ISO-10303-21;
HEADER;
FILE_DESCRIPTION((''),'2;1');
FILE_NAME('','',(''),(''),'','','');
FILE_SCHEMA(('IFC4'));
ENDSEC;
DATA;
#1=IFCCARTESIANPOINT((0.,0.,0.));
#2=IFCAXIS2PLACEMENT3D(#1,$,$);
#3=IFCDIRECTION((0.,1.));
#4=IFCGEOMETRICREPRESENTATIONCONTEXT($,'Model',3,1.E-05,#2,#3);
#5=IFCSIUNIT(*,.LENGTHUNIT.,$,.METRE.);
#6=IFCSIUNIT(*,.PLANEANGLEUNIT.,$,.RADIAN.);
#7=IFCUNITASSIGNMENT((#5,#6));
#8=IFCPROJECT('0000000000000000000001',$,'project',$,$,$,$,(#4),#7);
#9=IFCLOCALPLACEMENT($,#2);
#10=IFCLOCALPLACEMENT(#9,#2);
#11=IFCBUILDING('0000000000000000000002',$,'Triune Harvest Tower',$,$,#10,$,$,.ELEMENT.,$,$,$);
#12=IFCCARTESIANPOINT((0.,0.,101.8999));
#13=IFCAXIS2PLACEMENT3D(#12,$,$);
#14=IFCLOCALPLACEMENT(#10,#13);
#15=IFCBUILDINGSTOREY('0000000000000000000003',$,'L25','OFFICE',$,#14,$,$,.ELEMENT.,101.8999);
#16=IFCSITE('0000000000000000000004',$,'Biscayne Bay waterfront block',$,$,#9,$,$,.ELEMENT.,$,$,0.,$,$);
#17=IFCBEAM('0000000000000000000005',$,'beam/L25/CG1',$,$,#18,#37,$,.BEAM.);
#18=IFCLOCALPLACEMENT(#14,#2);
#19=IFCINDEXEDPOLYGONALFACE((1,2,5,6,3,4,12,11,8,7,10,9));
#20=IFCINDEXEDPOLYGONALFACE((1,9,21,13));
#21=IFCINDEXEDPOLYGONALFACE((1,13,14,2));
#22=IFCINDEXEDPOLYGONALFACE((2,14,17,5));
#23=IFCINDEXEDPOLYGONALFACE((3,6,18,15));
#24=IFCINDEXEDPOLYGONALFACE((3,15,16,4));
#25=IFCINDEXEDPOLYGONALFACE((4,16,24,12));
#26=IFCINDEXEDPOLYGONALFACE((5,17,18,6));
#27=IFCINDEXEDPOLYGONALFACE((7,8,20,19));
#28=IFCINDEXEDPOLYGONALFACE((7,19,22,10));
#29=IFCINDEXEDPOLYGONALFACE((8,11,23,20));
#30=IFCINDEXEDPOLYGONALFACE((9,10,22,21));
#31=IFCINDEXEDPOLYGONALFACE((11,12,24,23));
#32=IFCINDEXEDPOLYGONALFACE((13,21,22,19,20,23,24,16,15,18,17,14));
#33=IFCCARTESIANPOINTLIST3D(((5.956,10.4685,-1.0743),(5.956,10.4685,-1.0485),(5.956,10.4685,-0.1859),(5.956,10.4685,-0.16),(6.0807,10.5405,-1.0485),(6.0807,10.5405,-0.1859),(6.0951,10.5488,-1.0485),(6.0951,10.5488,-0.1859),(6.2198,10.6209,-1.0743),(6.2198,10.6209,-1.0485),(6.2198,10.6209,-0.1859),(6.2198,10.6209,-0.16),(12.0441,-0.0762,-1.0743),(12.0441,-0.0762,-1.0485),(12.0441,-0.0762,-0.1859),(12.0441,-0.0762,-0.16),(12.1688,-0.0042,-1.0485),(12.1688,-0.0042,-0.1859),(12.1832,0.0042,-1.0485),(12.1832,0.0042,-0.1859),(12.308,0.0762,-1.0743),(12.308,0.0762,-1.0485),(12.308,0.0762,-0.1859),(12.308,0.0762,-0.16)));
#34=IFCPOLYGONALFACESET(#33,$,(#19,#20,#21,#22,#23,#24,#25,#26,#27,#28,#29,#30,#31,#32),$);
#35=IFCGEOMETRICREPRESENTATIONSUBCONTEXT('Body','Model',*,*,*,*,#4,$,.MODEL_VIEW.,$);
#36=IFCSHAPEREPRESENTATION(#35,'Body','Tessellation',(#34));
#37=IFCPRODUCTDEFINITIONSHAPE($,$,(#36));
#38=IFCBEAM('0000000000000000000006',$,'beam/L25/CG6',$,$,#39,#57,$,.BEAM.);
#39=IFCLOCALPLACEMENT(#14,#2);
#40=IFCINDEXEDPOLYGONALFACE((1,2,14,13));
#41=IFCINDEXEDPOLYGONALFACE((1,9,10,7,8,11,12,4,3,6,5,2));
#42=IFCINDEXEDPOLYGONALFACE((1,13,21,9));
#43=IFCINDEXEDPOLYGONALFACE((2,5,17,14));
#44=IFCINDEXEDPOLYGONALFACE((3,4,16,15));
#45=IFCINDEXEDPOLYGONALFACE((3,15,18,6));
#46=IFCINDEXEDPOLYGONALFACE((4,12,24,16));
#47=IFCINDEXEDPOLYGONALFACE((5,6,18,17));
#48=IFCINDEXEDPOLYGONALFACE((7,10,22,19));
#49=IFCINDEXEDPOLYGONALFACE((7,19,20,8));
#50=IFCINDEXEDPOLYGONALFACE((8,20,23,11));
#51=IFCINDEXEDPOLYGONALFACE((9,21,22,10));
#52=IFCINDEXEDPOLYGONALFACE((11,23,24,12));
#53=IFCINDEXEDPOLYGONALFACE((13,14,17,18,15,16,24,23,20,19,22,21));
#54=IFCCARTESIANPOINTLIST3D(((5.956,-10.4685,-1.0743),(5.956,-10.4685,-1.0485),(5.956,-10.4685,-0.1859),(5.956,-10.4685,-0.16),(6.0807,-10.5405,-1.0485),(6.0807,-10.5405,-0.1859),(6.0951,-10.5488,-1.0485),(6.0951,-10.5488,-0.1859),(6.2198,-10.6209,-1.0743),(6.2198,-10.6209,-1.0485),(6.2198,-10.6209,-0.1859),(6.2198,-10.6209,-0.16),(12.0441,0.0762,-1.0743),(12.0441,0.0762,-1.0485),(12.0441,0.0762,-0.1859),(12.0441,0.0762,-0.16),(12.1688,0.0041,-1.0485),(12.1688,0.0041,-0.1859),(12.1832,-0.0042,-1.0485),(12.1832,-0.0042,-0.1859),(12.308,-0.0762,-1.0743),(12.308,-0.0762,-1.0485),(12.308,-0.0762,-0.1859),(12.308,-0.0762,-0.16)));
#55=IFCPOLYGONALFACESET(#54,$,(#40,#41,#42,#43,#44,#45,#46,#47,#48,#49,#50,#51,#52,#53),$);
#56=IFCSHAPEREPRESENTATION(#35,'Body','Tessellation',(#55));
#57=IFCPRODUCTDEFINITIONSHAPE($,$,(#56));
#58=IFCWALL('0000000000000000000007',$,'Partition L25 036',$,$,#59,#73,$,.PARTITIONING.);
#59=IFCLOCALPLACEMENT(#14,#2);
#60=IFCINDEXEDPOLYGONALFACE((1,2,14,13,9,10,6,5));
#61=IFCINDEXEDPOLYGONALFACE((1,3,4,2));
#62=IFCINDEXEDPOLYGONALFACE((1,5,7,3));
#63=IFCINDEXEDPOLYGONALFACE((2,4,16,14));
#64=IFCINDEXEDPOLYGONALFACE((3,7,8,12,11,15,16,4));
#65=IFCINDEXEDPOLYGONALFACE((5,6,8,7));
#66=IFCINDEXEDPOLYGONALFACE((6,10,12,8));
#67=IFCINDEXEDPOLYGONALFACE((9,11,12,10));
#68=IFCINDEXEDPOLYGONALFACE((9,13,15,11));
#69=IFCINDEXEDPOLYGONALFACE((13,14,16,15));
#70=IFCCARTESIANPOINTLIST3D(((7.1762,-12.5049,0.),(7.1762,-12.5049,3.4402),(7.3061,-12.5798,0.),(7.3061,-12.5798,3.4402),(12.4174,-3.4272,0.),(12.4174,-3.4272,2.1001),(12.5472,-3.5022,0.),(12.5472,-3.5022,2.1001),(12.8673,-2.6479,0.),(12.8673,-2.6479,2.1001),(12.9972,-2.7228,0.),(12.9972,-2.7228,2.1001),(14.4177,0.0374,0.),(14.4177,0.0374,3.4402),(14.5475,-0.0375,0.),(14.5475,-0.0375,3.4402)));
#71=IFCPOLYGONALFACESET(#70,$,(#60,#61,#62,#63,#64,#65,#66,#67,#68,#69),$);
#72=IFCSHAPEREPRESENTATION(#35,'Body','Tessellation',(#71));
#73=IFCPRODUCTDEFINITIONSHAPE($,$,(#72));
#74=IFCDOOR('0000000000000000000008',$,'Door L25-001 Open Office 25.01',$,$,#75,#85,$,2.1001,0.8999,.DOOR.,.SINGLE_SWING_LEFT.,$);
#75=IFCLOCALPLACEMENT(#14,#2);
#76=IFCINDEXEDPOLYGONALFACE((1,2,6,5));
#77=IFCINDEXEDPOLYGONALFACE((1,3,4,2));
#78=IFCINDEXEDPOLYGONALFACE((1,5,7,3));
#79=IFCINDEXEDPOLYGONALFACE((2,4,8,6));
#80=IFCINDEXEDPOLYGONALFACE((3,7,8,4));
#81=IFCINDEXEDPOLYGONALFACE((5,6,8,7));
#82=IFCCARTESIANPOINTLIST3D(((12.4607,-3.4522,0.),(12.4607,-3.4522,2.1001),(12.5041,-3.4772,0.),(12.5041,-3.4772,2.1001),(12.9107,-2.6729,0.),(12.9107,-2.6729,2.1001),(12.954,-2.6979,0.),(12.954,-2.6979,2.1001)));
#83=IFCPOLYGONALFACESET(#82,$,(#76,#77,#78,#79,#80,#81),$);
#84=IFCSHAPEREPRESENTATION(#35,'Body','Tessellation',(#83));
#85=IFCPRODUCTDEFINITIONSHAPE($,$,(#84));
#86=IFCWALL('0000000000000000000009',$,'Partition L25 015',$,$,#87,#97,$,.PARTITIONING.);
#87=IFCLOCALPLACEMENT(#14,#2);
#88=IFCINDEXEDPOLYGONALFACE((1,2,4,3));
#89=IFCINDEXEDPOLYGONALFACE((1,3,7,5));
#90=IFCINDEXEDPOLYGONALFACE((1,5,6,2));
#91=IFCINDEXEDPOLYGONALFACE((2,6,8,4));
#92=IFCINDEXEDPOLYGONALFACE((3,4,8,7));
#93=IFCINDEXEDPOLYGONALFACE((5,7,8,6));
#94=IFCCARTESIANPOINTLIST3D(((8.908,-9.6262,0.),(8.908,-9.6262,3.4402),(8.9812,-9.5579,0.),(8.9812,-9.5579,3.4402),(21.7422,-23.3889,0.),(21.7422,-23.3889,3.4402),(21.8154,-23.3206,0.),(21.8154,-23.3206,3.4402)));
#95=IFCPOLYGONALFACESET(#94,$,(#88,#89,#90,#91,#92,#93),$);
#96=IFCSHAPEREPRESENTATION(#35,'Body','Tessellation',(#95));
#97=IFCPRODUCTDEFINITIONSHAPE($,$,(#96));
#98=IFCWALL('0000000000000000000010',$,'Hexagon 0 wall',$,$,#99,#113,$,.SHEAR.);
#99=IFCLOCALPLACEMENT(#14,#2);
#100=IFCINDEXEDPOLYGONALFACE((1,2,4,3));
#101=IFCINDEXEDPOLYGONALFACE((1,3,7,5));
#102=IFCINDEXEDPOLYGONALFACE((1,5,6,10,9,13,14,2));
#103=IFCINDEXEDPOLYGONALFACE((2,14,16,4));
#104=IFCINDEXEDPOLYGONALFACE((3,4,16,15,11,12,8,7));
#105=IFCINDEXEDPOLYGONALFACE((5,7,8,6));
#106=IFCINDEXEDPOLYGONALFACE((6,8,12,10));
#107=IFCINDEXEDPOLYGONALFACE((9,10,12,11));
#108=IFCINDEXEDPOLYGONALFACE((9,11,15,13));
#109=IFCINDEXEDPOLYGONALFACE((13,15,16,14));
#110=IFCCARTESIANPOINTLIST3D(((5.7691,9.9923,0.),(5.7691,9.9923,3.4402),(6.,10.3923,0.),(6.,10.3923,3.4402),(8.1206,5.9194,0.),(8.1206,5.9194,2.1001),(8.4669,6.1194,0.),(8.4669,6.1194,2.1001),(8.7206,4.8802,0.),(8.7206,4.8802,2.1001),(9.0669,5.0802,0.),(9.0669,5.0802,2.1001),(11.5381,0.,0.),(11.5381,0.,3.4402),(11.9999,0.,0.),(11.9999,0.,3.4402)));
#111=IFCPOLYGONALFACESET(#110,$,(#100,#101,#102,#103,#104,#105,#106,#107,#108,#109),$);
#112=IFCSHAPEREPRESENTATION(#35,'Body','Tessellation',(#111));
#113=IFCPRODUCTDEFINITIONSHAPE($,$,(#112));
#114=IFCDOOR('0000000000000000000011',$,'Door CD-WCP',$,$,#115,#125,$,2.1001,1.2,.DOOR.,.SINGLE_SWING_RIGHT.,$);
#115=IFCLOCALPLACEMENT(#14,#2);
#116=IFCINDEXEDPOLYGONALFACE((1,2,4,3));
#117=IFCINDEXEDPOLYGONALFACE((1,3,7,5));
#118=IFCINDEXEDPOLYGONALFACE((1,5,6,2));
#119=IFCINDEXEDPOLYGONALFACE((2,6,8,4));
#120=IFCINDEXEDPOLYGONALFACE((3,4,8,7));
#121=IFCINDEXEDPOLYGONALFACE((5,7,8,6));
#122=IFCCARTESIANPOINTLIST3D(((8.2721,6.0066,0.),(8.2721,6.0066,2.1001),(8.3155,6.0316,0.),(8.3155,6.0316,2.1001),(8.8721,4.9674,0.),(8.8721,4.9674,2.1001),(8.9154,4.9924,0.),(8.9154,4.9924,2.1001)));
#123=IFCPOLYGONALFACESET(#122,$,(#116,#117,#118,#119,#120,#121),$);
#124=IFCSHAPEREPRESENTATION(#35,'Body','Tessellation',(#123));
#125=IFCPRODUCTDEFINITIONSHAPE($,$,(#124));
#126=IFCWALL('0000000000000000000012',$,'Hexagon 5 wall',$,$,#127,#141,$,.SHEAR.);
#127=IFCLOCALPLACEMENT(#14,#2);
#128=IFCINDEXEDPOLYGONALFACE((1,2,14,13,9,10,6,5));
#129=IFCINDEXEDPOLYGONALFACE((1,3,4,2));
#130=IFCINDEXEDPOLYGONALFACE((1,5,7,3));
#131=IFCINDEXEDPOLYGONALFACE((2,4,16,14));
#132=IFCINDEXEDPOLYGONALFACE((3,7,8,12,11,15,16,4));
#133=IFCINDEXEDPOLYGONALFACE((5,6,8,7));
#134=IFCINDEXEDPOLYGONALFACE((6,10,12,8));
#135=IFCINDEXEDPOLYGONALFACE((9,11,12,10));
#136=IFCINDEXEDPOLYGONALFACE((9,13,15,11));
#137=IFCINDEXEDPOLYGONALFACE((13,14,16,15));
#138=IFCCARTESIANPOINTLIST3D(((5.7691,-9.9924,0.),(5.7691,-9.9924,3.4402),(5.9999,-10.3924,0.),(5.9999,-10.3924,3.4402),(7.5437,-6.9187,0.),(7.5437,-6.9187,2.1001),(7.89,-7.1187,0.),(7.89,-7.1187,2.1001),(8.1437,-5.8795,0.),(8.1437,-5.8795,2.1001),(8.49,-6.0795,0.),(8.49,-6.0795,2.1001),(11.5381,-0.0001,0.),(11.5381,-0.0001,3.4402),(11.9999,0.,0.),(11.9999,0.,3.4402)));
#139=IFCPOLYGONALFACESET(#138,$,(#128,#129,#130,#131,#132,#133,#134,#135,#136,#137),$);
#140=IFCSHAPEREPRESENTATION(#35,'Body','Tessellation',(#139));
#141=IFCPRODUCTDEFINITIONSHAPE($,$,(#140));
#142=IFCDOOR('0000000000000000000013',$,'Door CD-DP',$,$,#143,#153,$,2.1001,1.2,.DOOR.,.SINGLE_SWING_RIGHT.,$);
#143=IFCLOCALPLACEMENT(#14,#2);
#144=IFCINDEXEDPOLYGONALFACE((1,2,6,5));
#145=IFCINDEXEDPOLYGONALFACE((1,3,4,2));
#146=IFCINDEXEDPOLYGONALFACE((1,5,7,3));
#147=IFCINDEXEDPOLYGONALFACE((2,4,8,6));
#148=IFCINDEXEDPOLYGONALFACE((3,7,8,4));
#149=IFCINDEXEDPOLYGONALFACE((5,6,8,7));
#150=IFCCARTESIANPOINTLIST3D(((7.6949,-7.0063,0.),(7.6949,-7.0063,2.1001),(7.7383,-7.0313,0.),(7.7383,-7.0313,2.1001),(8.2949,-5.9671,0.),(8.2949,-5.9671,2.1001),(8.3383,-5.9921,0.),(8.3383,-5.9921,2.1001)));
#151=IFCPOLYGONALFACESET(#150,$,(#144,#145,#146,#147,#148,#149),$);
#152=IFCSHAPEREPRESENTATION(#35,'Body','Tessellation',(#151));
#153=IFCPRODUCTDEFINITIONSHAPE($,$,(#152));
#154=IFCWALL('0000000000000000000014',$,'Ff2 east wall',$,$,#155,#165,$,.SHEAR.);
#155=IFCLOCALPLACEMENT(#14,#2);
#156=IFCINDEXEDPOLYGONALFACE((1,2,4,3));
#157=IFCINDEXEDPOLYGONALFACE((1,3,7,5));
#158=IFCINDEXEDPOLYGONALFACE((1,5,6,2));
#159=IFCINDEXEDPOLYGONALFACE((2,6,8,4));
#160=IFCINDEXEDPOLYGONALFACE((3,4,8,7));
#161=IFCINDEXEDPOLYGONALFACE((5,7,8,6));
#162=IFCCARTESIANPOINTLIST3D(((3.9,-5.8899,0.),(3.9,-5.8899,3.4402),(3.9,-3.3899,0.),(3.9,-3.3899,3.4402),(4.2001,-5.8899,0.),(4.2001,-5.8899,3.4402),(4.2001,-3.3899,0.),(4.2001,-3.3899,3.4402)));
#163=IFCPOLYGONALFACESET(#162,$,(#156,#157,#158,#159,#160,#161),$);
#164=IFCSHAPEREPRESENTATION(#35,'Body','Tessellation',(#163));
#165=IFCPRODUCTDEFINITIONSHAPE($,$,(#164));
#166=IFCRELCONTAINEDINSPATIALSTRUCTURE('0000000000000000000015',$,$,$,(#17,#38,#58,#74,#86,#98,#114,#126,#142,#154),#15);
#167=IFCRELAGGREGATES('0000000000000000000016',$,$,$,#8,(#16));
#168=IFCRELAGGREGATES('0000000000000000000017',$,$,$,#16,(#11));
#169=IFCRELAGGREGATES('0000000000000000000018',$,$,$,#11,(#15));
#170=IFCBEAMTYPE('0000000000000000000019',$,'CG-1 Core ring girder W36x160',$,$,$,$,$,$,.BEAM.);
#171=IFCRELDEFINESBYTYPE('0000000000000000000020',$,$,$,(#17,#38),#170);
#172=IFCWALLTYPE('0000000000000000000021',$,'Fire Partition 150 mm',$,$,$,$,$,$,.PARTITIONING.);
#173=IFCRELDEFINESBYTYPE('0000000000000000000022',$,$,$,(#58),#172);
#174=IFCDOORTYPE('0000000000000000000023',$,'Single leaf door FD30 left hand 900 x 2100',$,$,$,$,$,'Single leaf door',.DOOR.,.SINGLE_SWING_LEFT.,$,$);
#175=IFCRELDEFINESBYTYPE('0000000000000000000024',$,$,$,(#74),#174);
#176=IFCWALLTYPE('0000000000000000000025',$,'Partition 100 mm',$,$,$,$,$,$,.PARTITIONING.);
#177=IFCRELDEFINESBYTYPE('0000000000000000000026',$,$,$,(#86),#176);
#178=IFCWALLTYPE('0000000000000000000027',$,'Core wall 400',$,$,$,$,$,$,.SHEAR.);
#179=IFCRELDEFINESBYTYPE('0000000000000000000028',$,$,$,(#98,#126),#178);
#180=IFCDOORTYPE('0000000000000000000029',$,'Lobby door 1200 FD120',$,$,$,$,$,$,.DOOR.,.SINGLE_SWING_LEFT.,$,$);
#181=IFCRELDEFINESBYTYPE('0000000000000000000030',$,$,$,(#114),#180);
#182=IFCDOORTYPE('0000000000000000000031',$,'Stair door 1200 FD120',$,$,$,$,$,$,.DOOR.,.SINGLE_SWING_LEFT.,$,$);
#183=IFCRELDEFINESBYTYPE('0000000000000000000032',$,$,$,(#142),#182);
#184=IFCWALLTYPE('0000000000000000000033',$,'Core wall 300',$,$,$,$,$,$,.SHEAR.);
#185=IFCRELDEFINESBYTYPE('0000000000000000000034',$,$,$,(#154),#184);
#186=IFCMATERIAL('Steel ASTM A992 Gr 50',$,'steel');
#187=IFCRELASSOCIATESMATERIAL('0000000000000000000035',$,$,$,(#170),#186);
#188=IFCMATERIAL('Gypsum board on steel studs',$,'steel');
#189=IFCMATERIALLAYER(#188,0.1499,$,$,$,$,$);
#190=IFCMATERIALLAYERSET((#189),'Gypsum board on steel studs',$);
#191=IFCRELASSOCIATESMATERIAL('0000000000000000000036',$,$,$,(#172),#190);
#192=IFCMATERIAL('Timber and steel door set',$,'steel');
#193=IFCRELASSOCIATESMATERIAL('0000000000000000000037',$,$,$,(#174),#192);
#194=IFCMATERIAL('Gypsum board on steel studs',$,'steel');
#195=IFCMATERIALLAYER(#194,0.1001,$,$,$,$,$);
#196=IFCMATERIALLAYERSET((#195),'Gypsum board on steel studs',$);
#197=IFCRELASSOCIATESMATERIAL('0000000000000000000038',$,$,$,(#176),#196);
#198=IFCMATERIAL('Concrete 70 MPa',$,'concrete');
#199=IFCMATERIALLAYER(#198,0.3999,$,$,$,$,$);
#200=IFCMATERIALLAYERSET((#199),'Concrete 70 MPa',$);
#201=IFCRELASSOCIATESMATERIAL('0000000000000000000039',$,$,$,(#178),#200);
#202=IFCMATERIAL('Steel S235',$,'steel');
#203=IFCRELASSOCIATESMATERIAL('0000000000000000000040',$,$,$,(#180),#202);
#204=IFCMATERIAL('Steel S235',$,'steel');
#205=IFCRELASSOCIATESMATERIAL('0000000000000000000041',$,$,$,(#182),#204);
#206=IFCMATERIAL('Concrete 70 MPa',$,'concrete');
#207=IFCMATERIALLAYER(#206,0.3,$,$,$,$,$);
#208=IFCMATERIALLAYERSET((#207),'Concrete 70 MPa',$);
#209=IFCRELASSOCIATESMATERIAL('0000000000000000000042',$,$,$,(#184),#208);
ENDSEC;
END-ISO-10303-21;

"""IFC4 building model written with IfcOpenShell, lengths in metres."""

from ifc_helpers import new_model, si_unit, direction, frame, frame_2d, origin, origin_2d, place, context, subcontext, project, spatial, polyline, rectangle, i_section, outline, extrude, source, transform, mapped, material, layer, layer_set, material_profile, profile_set, type_object, element, fill, save


model = new_model("IFC4")

# Units and contexts
model_context = context("Model", 3, precision=1e-05, world=origin(), true_north=direction((0.0, 1.0)))
body_context = subcontext(model_context, "Body", "Model", "MODEL_VIEW")
ifc_project = project(units=[si_unit("LENGTHUNIT", "METRE"), si_unit("PLANEANGLEUNIT", "RADIAN")], contexts=[model_context])

# Site, building, storey
site_placement = place(None, origin())
site = spatial("IfcSite", under=ifc_project, at=site_placement, Name="Biscayne Bay waterfront block", CompositionType="ELEMENT", RefElevation=0.0)
building_placement = place(site_placement, origin())
building = spatial("IfcBuilding", under=site, at=building_placement, Name="Triune Harvest Tower", CompositionType="ELEMENT")
storey_placement = place(building_placement, frame((0.0, 0.0, 101.8999)))
storey = spatial("IfcBuildingStorey", under=building, at=storey_placement, Name="L25", Description="OFFICE", CompositionType="ELEMENT", Elevation=101.8999)

# Beams
ifc_material_1 = material(Name="Steel ASTM A992 Gr 50", Category="steel")
ifc_material_profile = material_profile(ifc_material_1, i_section(OverallWidth=0.3047, OverallDepth=0.9143, WebThickness=0.0166, FlangeThickness=0.0259, at=origin_2d()), Name="W36x160")
ifc_profile_set = profile_set([ifc_material_profile], Name="Steel ASTM A992 Gr 50")
beam_type = type_object("IfcBeamType", Name="CG-1 Core ring girder W36x160", PredefinedType="BEAM", material=ifc_profile_set)
shared_shape_1 = source(origin(), body_context, "Body", "SweptSolid", [
    extrude(i_section(OverallWidth=0.3047, OverallDepth=0.9143, WebThickness=0.0166, FlangeThickness=0.0259, at=origin_2d()), origin(), (0.0, 0.0, 1.0), 12.176),
])
for number, where, z_axis, x_axis, name in (
    (1, (12.176, 0.0, -0.6172), (-0.50001, 0.86602, 0.0), (-0.86602, -0.50001, 0.0), "beam/L25/CG1"),
    (2, (6.0879, -10.5447, -0.6172), (0.50001, 0.86602, 0.0), (-0.86602, 0.50001, 0.0), "beam/L25/CG6"),
):
    element("IfcBeam", number, at=place(storey_placement, frame(where, z_axis=z_axis, x_axis=x_axis)), inside=storey, type_object=beam_type, Name=name, PredefinedType="BEAM", context=body_context, shape_type="MappedRepresentation", body=[
        mapped(shared_shape_1, transform((0.0, 0.0, 0.0), scale=1.0)),
    ])

# Wall, opening, door
ifc_material_2 = material(Name="Gypsum board on steel studs", Category="steel")
ifc_layer_1 = layer(ifc_material_2, 0.1499)
ifc_layer_set_1 = layer_set([ifc_layer_1], Name="Gypsum board on steel studs")
wall_type_1 = type_object("IfcWallType", Name="Fire Partition 150 mm", PredefinedType="PARTITIONING", material=ifc_layer_set_1)
wall_1_placement = place(storey_placement, frame((7.2412, -12.5422, 0.0), z_axis=(0.0, 0.0, 1.0), x_axis=(0.50001, 0.86602, 0.0)))
wall_1 = element("IfcWall", 3, at=wall_1_placement, inside=storey, type_object=wall_type_1, Name="Partition L25 036", PredefinedType="PARTITIONING", context=body_context, shape_type="SweptSolid", body=[
    extrude(rectangle(XDim=14.4827, YDim=0.1499, at=frame_2d((7.2412, 0.0))), origin(), (0.0, 0.0, 1.0), 3.4402),
])
opening_1_placement = place(wall_1_placement, frame((10.4819, 0.0, 0.0)))
opening_1 = element("IfcOpeningElement", 4, at=opening_1_placement, cuts=wall_1, PredefinedType="OPENING", context=body_context, shape_type="SweptSolid", body=[
    extrude(rectangle(XDim=0.8999, YDim=2.1001, at=frame_2d((0.45, 1.05))), frame((0.0, 0.085, 0.0), z_axis=(0.0, -1.0, 0.0), x_axis=(1.0, 0.0, 0.0)), (0.0, 0.0, 1.0), 0.1699),
])
ifc_material_3 = material(Name="Timber and steel door set", Category="steel")
door_type_1 = type_object("IfcDoorType", Name="Single leaf door FD30 left hand 900 x 2100", ElementType="Single leaf door", OperationType="SINGLE_SWING_LEFT", PredefinedType="DOOR", material=ifc_material_3)
door_1_placement = place(opening_1_placement, origin())
door_1 = element("IfcDoor", 5, at=door_1_placement, inside=storey, type_object=door_type_1, Name="Door L25-001 Open Office 25.01", OperationType="SINGLE_SWING_LEFT", OverallHeight=2.1001, OverallWidth=0.8999, PredefinedType="DOOR", context=body_context, shape_type="SweptSolid", body=[
    extrude(rectangle(XDim=0.8999, YDim=2.1001, at=frame_2d((0.45, 1.05))), frame((0.0, 0.0249, 0.0), z_axis=(0.0, -1.0, 0.0), x_axis=(1.0, 0.0, 0.0)), (0.0, 0.0, 1.0), 0.05),
])
fill(opening_1, door_1)

# Wall
ifc_material_4 = material(Name="Gypsum board on steel studs", Category="steel")
ifc_layer_2 = layer(ifc_material_4, 0.1001)
ifc_layer_set_2 = layer_set([ifc_layer_2], Name="Gypsum board on steel studs")
wall_type_2 = type_object("IfcWallType", Name="Partition 100 mm", PredefinedType="PARTITIONING", material=ifc_layer_set_2)
wall_2_placement = place(storey_placement, frame((8.9446, -9.592, 0.0), z_axis=(0.0, 0.0, 1.0), x_axis=(0.682007, -0.731346, 0.0)))
element("IfcWall", 6, at=wall_2_placement, inside=storey, type_object=wall_type_2, Name="Partition L25 015", PredefinedType="PARTITIONING", context=body_context, shape_type="SweptSolid", body=[
    extrude(rectangle(XDim=18.8184, YDim=0.1001, at=frame_2d((9.4092, 0.0))), origin(), (0.0, 0.0, 1.0), 3.4402),
])

# Walls, openings, doors
ifc_material_5 = material(Name="Concrete 70 MPa", Category="concrete")
ifc_layer_3 = layer(ifc_material_5, 0.3999)
ifc_layer_set_3 = layer_set([ifc_layer_3], Name="Concrete 70 MPa")
wall_type_3 = type_object("IfcWallType", Name="Core wall 400", PredefinedType="SHEAR", material=ifc_layer_set_3)
shared_shape_2 = source(origin(), body_context, "Body", "SweptSolid", [
    extrude(outline(polyline([(-0.1155, -0.2), (11.8845, -0.2), (11.6536, 0.2), (0.1155, 0.2), (-0.1155, -0.2)])), origin(), (0.0, 0.0, 1.0), 3.4402),
])
wall_3_placement = place(storey_placement, frame((11.769, 0.0, 0.0), z_axis=(0.0, 0.0, 1.0), x_axis=(-0.499997, 0.866027, 0.0)))
wall_3 = element("IfcWall", 7, at=wall_3_placement, inside=storey, type_object=wall_type_3, Name="Hexagon 0 wall", PredefinedType="SHEAR", context=body_context, shape_type="MappedRepresentation", body=[
    mapped(shared_shape_2, transform((0.0, 0.0, 0.0), scale=1.0)),
])
opening_2_placement = place(wall_3_placement, frame((5.7505, 0.0, 0.0)))
opening_2 = element("IfcOpeningElement", 8, at=opening_2_placement, cuts=wall_3, PredefinedType="OPENING", context=body_context, shape_type="SweptSolid", body=[
    extrude(rectangle(XDim=1.2, YDim=2.1001, at=frame_2d((0.6001, 1.05))), frame((0.0, 0.21, 0.0), z_axis=(0.0, -1.0, 0.0), x_axis=(1.0, 0.0, 0.0)), (0.0, 0.0, 1.0), 0.4199),
])
ifc_material_6 = material(Name="Steel S235", Category="steel")
door_type_2 = type_object("IfcDoorType", Name="Lobby door 1200 FD120", OperationType="SINGLE_SWING_LEFT", PredefinedType="DOOR", material=ifc_material_6)
door_2_placement = place(opening_2_placement, frame((1.2, 0.0, 0.0), z_axis=(0.0, 0.0, 1.0), x_axis=(-1.0, 0.0, 0.0)))
door_2 = element("IfcDoor", 9, at=door_2_placement, inside=storey, type_object=door_type_2, Name="Door CD-WCP", OperationType="SINGLE_SWING_RIGHT", OverallHeight=2.1001, OverallWidth=1.2, PredefinedType="DOOR", context=body_context, shape_type="SweptSolid", body=[
    extrude(rectangle(XDim=1.2, YDim=2.1001, at=frame_2d((0.6001, 1.05))), frame((0.0, 0.0249, 0.0), z_axis=(0.0, -1.0, 0.0), x_axis=(1.0, 0.0, 0.0)), (0.0, 0.0, 1.0), 0.05),
])
fill(opening_2, door_2)
wall_4_placement = place(storey_placement, frame((5.8845, -10.1924, 0.0), z_axis=(0.0, 0.0, 1.0), x_axis=(0.499997, 0.866027, 0.0)))
wall_4 = element("IfcWall", 10, at=wall_4_placement, inside=storey, type_object=wall_type_3, Name="Hexagon 5 wall", PredefinedType="SHEAR", context=body_context, shape_type="MappedRepresentation", body=[
    mapped(shared_shape_2, transform((0.0, 0.0, 0.0), scale=1.0)),
])
opening_3_placement = place(wall_4_placement, frame((3.6646, 0.0, 0.0)))
opening_3 = element("IfcOpeningElement", 11, at=opening_3_placement, cuts=wall_4, PredefinedType="OPENING", context=body_context, shape_type="SweptSolid", body=[
    extrude(rectangle(XDim=1.2, YDim=2.1001, at=frame_2d((0.6001, 1.05))), frame((0.0, 0.21, 0.0), z_axis=(0.0, -1.0, 0.0), x_axis=(1.0, 0.0, 0.0)), (0.0, 0.0, 1.0), 0.4199),
])
ifc_material_7 = material(Name="Steel S235", Category="steel")
door_type_3 = type_object("IfcDoorType", Name="Stair door 1200 FD120", OperationType="SINGLE_SWING_LEFT", PredefinedType="DOOR", material=ifc_material_7)
door_3_placement = place(opening_3_placement, frame((1.2, 0.0, 0.0), z_axis=(0.0, 0.0, 1.0), x_axis=(-1.0, 0.0, 0.0)))
door_3 = element("IfcDoor", 12, at=door_3_placement, inside=storey, type_object=door_type_3, Name="Door CD-DP", OperationType="SINGLE_SWING_RIGHT", OverallHeight=2.1001, OverallWidth=1.2, PredefinedType="DOOR", context=body_context, shape_type="SweptSolid", body=[
    extrude(rectangle(XDim=1.2, YDim=2.1001, at=frame_2d((0.6001, 1.05))), frame((0.0, 0.0249, 0.0), z_axis=(0.0, -1.0, 0.0), x_axis=(1.0, 0.0, 0.0)), (0.0, 0.0, 1.0), 0.05),
])
fill(opening_3, door_3)

# Wall
ifc_material_8 = material(Name="Concrete 70 MPa", Category="concrete")
ifc_layer_4 = layer(ifc_material_8, 0.3)
ifc_layer_set_4 = layer_set([ifc_layer_4], Name="Concrete 70 MPa")
wall_type_4 = type_object("IfcWallType", Name="Core wall 300", PredefinedType="SHEAR", material=ifc_layer_set_4)
shared_shape_3 = source(origin(), body_context, "Body", "SweptSolid", [
    extrude(rectangle(XDim=2.5, YDim=0.3, at=frame_2d((1.25, 0.0))), origin(), (0.0, 0.0, 1.0), 3.4402),
])
wall_5_placement = place(storey_placement, frame((4.05, -5.8899, 0.0), z_axis=(0.0, 0.0, 1.0), x_axis=(0.0, 1.0, 0.0)))
element("IfcWall", 13, at=wall_5_placement, inside=storey, type_object=wall_type_4, Name="Ff2 east wall", PredefinedType="SHEAR", context=body_context, shape_type="MappedRepresentation", body=[
    mapped(shared_shape_3, transform((0.0, 0.0, 0.0), scale=1.0)),
])

save(model, "model.ifc")
